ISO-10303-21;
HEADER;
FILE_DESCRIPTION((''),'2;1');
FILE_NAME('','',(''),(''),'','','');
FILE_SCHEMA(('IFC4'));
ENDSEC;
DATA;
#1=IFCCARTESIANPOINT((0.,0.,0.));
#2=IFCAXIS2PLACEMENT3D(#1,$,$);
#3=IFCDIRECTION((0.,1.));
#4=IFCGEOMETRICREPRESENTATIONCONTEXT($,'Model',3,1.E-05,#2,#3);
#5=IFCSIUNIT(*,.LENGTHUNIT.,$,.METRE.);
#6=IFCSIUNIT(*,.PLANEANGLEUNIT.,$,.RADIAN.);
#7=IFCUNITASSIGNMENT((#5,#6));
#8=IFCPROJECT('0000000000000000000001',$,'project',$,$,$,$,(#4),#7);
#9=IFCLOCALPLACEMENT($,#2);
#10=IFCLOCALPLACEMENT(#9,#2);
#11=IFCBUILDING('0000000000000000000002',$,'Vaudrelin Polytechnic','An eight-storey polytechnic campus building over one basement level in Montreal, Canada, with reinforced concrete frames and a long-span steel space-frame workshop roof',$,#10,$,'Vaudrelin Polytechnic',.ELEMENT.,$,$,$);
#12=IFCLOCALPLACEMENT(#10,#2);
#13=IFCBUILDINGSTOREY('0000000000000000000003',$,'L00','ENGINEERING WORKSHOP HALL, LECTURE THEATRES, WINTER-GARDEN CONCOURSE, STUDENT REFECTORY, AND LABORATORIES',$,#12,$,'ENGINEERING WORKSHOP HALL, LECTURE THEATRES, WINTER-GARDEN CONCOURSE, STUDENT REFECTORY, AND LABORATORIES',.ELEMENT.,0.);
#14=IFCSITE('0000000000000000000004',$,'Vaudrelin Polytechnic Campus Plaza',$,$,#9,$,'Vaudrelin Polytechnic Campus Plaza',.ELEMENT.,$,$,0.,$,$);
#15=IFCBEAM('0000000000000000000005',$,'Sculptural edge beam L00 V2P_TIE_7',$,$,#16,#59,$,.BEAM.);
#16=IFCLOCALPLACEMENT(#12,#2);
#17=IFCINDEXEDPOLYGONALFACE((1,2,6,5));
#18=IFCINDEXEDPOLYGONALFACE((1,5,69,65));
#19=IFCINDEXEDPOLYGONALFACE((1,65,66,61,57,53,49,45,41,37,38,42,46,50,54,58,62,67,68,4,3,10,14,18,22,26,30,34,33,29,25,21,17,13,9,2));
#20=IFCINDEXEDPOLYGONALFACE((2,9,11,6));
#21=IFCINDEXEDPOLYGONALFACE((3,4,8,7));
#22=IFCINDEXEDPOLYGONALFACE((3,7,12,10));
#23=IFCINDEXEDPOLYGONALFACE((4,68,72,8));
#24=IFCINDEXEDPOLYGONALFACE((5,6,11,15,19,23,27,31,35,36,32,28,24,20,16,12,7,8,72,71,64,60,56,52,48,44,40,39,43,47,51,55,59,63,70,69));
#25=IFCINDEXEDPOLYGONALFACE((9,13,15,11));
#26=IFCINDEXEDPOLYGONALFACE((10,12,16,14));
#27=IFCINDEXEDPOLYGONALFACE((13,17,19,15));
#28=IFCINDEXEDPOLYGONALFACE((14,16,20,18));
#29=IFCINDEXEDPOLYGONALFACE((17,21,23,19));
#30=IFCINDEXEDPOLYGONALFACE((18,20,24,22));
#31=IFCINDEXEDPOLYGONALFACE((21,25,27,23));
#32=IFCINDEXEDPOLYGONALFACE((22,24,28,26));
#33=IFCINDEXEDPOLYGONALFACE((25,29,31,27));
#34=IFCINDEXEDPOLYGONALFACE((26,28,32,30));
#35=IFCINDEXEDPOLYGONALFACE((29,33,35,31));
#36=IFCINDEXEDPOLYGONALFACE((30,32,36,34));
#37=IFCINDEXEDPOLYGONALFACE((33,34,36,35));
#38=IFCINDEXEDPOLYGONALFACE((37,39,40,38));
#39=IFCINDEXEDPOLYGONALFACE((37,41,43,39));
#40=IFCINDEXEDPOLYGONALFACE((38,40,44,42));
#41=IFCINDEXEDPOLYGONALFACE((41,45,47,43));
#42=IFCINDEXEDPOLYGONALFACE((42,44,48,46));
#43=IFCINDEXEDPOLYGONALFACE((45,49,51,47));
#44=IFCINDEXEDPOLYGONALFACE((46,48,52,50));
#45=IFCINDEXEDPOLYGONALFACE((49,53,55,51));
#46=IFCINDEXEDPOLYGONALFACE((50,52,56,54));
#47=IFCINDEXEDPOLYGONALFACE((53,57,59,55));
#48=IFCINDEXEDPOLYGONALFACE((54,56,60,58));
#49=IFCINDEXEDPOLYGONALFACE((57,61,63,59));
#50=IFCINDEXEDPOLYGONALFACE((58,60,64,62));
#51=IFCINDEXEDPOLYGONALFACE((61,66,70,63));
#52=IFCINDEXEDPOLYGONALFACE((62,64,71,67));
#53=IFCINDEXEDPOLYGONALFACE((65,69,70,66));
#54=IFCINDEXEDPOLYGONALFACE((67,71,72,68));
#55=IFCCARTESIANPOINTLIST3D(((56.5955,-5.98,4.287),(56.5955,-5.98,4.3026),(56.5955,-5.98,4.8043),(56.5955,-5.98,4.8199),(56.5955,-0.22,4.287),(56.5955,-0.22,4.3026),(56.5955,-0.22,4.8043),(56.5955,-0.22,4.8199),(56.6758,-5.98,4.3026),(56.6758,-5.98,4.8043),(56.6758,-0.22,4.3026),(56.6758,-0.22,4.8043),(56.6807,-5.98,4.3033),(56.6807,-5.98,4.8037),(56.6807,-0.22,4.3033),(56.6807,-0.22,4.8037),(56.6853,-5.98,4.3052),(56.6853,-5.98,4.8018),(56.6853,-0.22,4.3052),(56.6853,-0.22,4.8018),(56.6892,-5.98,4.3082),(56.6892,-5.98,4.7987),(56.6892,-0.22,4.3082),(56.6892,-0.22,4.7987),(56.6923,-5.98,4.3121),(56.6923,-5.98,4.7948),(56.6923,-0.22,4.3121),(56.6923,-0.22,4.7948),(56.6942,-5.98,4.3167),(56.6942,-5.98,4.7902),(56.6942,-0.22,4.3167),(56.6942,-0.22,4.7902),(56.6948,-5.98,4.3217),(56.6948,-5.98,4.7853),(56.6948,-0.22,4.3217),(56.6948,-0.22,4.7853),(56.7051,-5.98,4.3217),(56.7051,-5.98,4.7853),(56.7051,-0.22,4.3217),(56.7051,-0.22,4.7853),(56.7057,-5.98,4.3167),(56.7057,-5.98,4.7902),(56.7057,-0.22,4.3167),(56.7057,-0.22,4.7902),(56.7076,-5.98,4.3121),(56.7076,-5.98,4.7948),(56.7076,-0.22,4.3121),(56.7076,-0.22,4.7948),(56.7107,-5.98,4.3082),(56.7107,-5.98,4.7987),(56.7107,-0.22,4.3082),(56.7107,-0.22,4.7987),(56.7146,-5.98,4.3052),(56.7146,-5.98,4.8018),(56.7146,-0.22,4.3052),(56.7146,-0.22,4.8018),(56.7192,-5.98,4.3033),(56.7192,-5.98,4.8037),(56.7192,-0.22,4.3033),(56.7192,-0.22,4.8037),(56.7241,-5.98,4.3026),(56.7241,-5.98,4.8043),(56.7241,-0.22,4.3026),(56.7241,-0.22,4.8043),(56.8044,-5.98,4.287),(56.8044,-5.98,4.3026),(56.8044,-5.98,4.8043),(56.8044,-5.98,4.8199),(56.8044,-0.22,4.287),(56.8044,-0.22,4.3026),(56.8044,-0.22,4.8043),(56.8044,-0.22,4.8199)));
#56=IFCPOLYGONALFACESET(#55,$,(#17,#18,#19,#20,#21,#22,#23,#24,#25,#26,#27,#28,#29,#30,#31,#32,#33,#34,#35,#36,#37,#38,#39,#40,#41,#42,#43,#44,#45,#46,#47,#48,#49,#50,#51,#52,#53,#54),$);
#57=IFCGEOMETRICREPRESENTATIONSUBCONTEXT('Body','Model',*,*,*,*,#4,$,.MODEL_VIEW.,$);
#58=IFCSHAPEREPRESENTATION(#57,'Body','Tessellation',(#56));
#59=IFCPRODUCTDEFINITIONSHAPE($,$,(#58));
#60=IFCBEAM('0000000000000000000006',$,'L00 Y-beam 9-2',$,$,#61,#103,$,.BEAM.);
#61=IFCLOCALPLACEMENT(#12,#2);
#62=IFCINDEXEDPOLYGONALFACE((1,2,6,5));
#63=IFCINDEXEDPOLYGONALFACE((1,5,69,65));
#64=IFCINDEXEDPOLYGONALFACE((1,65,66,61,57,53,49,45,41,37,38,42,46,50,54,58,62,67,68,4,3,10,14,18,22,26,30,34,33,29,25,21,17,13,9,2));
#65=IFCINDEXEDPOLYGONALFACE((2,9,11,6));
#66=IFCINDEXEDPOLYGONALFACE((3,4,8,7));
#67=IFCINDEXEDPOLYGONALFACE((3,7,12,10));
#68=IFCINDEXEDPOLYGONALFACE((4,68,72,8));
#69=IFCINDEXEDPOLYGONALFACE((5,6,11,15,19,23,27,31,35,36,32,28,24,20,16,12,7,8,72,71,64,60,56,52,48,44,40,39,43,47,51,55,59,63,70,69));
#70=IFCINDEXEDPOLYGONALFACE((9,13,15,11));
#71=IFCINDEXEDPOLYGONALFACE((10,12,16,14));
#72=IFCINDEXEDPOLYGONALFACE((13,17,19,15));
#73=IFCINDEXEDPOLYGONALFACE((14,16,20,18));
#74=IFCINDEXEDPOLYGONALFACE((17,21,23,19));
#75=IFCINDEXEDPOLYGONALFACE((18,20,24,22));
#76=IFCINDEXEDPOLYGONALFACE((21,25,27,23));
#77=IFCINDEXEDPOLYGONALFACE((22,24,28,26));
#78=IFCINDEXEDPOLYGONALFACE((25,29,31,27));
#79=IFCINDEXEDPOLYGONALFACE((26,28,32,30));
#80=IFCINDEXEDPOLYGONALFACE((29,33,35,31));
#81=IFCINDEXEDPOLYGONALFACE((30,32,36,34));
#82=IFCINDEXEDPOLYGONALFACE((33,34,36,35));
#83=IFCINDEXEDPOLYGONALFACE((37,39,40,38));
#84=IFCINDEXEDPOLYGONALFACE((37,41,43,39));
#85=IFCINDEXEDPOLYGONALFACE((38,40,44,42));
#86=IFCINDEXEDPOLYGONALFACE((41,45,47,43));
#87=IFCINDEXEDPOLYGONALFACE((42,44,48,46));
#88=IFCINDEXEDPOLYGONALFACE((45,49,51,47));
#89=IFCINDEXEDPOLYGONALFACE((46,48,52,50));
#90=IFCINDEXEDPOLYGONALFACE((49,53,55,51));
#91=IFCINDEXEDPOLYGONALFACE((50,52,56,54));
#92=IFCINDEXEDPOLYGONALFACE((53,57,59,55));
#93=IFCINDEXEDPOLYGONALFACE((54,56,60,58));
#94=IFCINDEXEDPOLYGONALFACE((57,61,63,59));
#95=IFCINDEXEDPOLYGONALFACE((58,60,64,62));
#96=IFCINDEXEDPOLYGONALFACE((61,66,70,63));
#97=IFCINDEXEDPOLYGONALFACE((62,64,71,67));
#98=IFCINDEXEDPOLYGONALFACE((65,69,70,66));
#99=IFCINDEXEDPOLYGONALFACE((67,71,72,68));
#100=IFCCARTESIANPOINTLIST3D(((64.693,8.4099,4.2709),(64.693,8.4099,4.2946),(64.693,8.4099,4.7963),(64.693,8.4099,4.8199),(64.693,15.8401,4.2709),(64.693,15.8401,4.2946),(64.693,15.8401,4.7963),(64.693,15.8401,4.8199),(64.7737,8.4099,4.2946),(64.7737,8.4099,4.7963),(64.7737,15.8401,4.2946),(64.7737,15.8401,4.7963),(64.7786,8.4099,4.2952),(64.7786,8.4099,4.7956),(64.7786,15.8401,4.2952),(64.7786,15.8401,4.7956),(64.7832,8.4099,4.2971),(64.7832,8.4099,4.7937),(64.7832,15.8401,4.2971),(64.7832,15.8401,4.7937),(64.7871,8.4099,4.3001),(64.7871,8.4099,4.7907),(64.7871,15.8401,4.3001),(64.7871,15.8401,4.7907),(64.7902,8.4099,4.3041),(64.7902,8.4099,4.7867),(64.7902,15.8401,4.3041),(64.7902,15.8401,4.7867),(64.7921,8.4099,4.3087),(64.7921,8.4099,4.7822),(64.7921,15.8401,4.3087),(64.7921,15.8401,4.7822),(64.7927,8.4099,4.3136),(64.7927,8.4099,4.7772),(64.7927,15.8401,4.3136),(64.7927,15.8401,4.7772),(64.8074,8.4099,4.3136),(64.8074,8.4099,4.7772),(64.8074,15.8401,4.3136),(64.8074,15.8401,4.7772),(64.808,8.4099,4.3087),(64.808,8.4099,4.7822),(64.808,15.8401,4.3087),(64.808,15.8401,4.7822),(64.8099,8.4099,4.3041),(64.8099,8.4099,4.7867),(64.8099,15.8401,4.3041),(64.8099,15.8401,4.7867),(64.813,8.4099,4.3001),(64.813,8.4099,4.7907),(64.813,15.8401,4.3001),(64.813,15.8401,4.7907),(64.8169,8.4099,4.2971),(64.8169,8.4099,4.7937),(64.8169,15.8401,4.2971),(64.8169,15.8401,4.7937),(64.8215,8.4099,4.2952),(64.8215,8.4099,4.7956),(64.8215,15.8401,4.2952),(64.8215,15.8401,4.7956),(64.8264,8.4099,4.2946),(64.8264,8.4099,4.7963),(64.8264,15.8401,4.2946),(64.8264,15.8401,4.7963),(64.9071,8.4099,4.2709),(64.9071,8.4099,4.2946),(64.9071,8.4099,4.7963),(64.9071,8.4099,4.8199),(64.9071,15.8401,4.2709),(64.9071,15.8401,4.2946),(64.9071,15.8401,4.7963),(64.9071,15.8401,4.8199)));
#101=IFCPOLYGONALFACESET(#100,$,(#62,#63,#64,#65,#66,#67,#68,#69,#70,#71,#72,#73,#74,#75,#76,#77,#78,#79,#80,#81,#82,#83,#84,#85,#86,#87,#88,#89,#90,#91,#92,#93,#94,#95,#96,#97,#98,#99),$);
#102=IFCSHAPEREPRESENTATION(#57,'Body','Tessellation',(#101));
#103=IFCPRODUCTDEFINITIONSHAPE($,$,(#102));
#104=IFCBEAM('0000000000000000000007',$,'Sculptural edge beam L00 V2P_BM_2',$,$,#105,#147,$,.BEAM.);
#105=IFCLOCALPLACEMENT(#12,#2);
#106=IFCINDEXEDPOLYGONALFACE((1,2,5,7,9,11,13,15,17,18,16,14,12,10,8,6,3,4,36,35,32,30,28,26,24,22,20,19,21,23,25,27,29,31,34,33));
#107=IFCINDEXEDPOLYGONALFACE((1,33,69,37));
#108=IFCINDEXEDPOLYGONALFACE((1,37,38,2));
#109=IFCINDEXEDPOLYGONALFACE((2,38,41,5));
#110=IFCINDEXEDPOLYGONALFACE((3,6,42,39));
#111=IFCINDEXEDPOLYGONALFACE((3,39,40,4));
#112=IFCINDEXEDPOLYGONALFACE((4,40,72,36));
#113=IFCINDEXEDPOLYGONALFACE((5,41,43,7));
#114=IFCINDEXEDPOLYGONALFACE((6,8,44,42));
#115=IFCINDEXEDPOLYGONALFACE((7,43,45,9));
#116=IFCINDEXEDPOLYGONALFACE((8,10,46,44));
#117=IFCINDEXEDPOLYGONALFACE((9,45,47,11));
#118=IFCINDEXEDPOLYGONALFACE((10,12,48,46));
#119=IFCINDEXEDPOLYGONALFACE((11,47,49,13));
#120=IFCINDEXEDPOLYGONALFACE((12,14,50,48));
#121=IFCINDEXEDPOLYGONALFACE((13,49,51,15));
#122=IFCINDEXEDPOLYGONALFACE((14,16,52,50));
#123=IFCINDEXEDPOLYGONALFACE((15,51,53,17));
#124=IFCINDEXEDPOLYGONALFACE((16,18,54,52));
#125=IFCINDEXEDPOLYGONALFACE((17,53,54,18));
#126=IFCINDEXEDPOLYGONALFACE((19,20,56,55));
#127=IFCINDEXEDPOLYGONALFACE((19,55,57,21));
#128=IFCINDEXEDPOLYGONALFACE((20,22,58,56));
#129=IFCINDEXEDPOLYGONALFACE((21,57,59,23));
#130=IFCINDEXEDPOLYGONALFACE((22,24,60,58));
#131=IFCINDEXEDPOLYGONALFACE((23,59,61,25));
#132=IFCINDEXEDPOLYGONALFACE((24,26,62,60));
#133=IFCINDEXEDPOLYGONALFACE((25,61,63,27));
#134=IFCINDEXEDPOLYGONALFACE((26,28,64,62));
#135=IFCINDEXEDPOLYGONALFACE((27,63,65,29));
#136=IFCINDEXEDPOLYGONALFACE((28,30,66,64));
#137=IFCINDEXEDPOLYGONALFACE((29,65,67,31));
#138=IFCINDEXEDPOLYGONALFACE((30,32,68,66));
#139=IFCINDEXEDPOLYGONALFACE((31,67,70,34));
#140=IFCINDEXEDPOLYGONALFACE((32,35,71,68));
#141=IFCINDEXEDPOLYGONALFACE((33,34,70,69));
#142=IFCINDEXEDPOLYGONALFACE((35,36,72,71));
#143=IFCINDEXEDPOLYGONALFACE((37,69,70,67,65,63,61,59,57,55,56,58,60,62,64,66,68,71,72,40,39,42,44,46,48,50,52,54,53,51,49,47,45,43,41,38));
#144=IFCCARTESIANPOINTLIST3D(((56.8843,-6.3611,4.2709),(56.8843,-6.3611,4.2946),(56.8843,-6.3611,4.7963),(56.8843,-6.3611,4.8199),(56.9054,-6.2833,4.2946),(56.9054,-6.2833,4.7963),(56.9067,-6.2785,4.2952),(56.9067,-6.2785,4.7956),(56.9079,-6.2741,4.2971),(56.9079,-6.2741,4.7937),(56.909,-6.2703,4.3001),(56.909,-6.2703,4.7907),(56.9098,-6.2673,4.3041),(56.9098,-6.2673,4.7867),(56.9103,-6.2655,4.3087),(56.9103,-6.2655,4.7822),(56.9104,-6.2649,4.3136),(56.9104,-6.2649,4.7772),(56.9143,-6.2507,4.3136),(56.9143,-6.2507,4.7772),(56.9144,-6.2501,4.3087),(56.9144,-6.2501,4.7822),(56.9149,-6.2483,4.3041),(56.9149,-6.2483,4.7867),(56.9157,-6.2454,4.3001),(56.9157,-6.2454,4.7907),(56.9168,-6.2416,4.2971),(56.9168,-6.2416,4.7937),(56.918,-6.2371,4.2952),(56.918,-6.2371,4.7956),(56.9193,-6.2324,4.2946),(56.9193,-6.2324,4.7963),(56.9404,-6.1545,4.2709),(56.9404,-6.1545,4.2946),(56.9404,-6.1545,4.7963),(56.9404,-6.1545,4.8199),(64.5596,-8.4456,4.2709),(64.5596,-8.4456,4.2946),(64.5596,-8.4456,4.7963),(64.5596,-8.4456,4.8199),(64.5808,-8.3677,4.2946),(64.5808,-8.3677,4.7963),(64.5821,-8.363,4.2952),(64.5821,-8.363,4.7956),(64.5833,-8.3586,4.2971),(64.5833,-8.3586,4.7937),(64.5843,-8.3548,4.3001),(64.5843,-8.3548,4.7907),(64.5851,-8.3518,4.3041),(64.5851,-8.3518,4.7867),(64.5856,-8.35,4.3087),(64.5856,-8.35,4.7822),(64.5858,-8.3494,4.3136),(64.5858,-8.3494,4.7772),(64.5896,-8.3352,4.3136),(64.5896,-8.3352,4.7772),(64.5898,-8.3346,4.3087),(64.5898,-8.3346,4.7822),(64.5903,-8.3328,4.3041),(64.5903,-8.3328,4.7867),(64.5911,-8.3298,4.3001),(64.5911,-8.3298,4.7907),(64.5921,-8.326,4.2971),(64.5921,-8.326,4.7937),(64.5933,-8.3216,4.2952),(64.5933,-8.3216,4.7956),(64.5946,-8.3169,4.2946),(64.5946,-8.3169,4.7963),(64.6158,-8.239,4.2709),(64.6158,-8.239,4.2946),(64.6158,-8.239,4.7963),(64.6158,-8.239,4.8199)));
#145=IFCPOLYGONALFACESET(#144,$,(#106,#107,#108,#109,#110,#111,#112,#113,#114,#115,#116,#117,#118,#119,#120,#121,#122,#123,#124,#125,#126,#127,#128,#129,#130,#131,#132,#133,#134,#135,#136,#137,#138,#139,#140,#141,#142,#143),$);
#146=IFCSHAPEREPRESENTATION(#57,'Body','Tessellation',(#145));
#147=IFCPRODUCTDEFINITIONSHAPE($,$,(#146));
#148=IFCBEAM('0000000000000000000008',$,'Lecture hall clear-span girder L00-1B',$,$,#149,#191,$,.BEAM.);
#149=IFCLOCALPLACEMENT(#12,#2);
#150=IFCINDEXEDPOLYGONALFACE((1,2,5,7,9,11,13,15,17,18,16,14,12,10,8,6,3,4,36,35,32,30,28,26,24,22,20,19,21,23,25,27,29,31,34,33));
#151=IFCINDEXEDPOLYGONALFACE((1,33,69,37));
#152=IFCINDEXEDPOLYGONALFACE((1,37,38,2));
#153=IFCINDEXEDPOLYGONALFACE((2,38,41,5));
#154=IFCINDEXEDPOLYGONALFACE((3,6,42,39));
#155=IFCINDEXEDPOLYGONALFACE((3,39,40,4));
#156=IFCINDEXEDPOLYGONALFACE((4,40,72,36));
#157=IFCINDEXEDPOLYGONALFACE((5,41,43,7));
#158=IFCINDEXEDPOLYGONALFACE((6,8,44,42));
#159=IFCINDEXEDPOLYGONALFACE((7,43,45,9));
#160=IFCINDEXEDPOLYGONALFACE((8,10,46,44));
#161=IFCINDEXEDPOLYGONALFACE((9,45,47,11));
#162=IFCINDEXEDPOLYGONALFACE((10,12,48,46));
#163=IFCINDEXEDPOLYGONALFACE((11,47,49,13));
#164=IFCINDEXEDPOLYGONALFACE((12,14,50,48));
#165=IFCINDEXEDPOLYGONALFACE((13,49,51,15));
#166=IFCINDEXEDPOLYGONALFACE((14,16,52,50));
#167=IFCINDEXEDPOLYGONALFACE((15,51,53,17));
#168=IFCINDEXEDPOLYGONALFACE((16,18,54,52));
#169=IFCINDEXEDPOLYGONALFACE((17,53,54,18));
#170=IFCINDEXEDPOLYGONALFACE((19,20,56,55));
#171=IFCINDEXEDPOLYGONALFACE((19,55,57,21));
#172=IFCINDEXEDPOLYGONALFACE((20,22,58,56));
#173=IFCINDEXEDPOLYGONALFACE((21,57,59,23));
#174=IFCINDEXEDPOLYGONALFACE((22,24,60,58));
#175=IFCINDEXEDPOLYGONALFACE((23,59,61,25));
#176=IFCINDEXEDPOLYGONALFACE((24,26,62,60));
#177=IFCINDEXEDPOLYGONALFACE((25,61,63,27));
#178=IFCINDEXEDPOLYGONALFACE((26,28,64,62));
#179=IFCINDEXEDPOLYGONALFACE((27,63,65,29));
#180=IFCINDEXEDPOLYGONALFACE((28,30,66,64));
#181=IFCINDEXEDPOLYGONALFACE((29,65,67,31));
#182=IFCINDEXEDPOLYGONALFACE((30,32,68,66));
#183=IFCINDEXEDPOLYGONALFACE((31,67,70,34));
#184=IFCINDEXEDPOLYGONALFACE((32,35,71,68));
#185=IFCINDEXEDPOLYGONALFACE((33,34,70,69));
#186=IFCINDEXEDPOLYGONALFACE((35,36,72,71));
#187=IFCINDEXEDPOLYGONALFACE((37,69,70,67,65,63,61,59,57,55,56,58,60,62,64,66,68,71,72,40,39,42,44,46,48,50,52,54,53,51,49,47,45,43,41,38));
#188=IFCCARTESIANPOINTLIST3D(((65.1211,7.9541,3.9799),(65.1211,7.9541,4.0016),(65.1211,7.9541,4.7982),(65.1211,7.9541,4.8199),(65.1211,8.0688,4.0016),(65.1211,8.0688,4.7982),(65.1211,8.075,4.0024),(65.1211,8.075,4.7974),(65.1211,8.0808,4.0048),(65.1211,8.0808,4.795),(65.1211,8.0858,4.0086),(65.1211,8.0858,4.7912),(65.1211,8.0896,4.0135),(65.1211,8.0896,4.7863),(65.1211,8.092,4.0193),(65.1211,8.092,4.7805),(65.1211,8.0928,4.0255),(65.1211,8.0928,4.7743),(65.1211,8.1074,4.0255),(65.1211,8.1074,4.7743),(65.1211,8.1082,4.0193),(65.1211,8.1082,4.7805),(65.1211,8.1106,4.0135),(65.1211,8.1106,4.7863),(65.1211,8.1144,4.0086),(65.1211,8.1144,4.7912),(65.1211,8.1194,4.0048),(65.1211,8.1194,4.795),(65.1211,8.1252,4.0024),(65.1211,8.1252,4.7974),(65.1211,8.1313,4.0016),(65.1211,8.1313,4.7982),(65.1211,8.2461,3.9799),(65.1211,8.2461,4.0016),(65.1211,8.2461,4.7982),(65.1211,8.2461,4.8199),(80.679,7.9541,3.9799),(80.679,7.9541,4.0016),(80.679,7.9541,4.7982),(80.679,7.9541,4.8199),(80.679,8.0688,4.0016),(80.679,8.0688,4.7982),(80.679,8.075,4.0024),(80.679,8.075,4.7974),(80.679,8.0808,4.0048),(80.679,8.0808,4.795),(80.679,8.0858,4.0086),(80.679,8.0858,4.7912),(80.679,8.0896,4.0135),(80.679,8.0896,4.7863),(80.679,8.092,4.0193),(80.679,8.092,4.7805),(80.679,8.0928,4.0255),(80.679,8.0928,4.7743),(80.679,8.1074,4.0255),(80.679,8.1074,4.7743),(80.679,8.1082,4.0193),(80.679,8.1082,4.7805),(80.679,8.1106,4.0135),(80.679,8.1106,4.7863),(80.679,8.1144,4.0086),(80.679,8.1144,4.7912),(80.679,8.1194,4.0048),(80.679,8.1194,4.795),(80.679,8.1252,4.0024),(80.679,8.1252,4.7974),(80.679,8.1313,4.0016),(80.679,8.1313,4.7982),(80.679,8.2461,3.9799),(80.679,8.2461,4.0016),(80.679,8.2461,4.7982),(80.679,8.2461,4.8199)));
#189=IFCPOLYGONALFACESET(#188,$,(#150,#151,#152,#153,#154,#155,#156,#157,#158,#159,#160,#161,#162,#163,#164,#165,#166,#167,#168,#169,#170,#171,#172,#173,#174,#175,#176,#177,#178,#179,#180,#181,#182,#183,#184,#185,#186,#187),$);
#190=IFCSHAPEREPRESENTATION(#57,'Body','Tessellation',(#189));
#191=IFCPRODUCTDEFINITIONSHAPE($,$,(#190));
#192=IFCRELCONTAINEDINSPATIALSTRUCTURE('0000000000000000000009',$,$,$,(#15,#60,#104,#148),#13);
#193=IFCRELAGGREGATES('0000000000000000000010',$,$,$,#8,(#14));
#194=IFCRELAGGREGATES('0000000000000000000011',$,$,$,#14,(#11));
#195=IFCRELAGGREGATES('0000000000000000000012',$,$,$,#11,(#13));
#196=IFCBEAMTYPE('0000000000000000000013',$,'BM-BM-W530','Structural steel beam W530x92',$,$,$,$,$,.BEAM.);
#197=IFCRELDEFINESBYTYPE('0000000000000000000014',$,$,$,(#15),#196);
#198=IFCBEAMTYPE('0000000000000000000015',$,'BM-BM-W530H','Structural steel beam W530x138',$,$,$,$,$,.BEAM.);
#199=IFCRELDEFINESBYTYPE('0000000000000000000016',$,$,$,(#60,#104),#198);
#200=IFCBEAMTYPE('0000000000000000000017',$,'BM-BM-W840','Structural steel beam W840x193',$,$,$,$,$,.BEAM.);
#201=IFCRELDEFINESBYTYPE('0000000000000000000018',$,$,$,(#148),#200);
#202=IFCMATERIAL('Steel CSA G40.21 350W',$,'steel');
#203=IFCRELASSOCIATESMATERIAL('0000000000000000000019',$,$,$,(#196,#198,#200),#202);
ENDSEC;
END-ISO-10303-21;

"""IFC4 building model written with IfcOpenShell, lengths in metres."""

from ifc_helpers import new_model, si_unit, direction, frame, origin, origin_2d, place, context, subcontext, project, spatial, i_section, extrude, material, material_profile, profile_set, type_object, element, save


model = new_model("IFC4")

# Units and contexts
model_context = context("Model", 3, precision=1e-05, world=origin(), true_north=direction((0.0, 1.0)))
body_context = subcontext(model_context, "Body", "Model", "MODEL_VIEW")
ifc_project = project(units=[si_unit("LENGTHUNIT", "METRE"), si_unit("PLANEANGLEUNIT", "RADIAN")], contexts=[model_context])

# Site, building, storey
site_placement = place(None, origin())
site = spatial("IfcSite", under=ifc_project, at=site_placement, Name="Vaudrelin Polytechnic Campus Plaza", LongName="Vaudrelin Polytechnic Campus Plaza", CompositionType="ELEMENT", RefElevation=0.0)
building_placement = place(site_placement, origin())
building = spatial("IfcBuilding", under=site, at=building_placement, Name="Vaudrelin Polytechnic", Description="An eight-storey polytechnic campus building over one basement level in Montreal, Canada, with reinforced concrete frames and a long-span steel space-frame workshop roof", LongName="Vaudrelin Polytechnic", CompositionType="ELEMENT")
storey_placement = place(building_placement, origin())
storey = spatial("IfcBuildingStorey", under=building, at=storey_placement, Name="L00", Description="ENGINEERING WORKSHOP HALL, LECTURE THEATRES, WINTER-GARDEN CONCOURSE, STUDENT REFECTORY, AND LABORATORIES", LongName="ENGINEERING WORKSHOP HALL, LECTURE THEATRES, WINTER-GARDEN CONCOURSE, STUDENT REFECTORY, AND LABORATORIES", CompositionType="ELEMENT", Elevation=0.0)

# Beams
ifc_material_1 = material(Name="Steel CSA G40.21 350W", Category="steel")
ifc_material_profile_1 = material_profile(ifc_material_1, i_section(OverallWidth=0.209, OverallDepth=0.533, WebThickness=0.0103, FlangeThickness=0.0156, FilletRadius=0.019, at=origin_2d()), Name="W530x92")
ifc_profile_set_1 = profile_set([ifc_material_profile_1], Name="Steel CSA G40.21 350W")
beam_type_1 = type_object("IfcBeamType", Name="BM-BM-W530", Description="Structural steel beam W530x92", PredefinedType="BEAM", material=ifc_profile_set_1)
beam_1_placement = place(storey_placement, frame((56.7, -5.98, 4.5535), z_axis=(0.0, 1.0, 0.0), x_axis=(-1.0, 0.0, 0.0)))
element("IfcBeam", 1, at=beam_1_placement, inside=storey, type_object=beam_type_1, Name="Sculptural edge beam L00 V2P_TIE_7", PredefinedType="BEAM", context=body_context, shape_type="SweptSolid", body=[
    extrude(i_section(OverallWidth=0.209, OverallDepth=0.533, WebThickness=0.0103, FlangeThickness=0.0156, FilletRadius=0.019, at=origin_2d()), origin(), (0.0, 0.0, 1.0), 5.76),
])
ifc_material_profile_2 = material_profile(ifc_material_1, i_section(OverallWidth=0.2141, OverallDepth=0.5491, WebThickness=0.0146, FlangeThickness=0.0237, FilletRadius=0.019, at=origin_2d()), Name="W530x138")
ifc_profile_set_2 = profile_set([ifc_material_profile_2], Name="Steel CSA G40.21 350W")
beam_type_2 = type_object("IfcBeamType", Name="BM-BM-W530H", Description="Structural steel beam W530x138", PredefinedType="BEAM", material=ifc_profile_set_2)
beam_2_placement = place(storey_placement, frame((64.8, 8.4099, 4.5454), z_axis=(0.0, 1.0, 0.0), x_axis=(-1.0, 0.0, 0.0)))
element("IfcBeam", 2, at=beam_2_placement, inside=storey, type_object=beam_type_2, Name="L00 Y-beam 9-2", PredefinedType="BEAM", context=body_context, shape_type="SweptSolid", body=[
    extrude(i_section(OverallWidth=0.2141, OverallDepth=0.5491, WebThickness=0.0146, FlangeThickness=0.0237, FilletRadius=0.019, at=origin_2d()), origin(), (0.0, 0.0, 1.0), 7.4302),
])
beam_3_placement = place(storey_placement, frame((56.9124, -6.2578, 4.5454), z_axis=(0.965044, -0.262089, 0.0), x_axis=(0.262089, 0.965044, 0.0)))
element("IfcBeam", 3, at=beam_3_placement, inside=storey, type_object=beam_type_2, Name="Sculptural edge beam L00 V2P_BM_2", PredefinedType="BEAM", context=body_context, shape_type="SweptSolid", body=[
    extrude(i_section(OverallWidth=0.2141, OverallDepth=0.5491, WebThickness=0.0146, FlangeThickness=0.0237, FilletRadius=0.019, at=origin_2d()), origin(), (0.0, 0.0, 1.0), 7.9534),
])
ifc_material_profile_3 = material_profile(ifc_material_1, i_section(OverallWidth=0.292, OverallDepth=0.8401, WebThickness=0.0146, FlangeThickness=0.0217, FilletRadius=0.0239, at=origin_2d()), Name="W840x193")
ifc_profile_set_3 = profile_set([ifc_material_profile_3], Name="Steel CSA G40.21 350W")
beam_type_3 = type_object("IfcBeamType", Name="BM-BM-W840", Description="Structural steel beam W840x193", PredefinedType="BEAM", material=ifc_profile_set_3)
beam_4_placement = place(storey_placement, frame((65.1211, 8.1001, 4.3999), z_axis=(1.0, 0.0, 0.0), x_axis=(0.0, 1.0, 0.0)))
element("IfcBeam", 4, at=beam_4_placement, inside=storey, type_object=beam_type_3, Name="Lecture hall clear-span girder L00-1B", PredefinedType="BEAM", context=body_context, shape_type="SweptSolid", body=[
    extrude(i_section(OverallWidth=0.292, OverallDepth=0.8401, WebThickness=0.0146, FlangeThickness=0.0217, FilletRadius=0.0239, at=origin_2d()), origin(), (0.0, 0.0, 1.0), 15.5579),
])

save(model, "model.ifc")
